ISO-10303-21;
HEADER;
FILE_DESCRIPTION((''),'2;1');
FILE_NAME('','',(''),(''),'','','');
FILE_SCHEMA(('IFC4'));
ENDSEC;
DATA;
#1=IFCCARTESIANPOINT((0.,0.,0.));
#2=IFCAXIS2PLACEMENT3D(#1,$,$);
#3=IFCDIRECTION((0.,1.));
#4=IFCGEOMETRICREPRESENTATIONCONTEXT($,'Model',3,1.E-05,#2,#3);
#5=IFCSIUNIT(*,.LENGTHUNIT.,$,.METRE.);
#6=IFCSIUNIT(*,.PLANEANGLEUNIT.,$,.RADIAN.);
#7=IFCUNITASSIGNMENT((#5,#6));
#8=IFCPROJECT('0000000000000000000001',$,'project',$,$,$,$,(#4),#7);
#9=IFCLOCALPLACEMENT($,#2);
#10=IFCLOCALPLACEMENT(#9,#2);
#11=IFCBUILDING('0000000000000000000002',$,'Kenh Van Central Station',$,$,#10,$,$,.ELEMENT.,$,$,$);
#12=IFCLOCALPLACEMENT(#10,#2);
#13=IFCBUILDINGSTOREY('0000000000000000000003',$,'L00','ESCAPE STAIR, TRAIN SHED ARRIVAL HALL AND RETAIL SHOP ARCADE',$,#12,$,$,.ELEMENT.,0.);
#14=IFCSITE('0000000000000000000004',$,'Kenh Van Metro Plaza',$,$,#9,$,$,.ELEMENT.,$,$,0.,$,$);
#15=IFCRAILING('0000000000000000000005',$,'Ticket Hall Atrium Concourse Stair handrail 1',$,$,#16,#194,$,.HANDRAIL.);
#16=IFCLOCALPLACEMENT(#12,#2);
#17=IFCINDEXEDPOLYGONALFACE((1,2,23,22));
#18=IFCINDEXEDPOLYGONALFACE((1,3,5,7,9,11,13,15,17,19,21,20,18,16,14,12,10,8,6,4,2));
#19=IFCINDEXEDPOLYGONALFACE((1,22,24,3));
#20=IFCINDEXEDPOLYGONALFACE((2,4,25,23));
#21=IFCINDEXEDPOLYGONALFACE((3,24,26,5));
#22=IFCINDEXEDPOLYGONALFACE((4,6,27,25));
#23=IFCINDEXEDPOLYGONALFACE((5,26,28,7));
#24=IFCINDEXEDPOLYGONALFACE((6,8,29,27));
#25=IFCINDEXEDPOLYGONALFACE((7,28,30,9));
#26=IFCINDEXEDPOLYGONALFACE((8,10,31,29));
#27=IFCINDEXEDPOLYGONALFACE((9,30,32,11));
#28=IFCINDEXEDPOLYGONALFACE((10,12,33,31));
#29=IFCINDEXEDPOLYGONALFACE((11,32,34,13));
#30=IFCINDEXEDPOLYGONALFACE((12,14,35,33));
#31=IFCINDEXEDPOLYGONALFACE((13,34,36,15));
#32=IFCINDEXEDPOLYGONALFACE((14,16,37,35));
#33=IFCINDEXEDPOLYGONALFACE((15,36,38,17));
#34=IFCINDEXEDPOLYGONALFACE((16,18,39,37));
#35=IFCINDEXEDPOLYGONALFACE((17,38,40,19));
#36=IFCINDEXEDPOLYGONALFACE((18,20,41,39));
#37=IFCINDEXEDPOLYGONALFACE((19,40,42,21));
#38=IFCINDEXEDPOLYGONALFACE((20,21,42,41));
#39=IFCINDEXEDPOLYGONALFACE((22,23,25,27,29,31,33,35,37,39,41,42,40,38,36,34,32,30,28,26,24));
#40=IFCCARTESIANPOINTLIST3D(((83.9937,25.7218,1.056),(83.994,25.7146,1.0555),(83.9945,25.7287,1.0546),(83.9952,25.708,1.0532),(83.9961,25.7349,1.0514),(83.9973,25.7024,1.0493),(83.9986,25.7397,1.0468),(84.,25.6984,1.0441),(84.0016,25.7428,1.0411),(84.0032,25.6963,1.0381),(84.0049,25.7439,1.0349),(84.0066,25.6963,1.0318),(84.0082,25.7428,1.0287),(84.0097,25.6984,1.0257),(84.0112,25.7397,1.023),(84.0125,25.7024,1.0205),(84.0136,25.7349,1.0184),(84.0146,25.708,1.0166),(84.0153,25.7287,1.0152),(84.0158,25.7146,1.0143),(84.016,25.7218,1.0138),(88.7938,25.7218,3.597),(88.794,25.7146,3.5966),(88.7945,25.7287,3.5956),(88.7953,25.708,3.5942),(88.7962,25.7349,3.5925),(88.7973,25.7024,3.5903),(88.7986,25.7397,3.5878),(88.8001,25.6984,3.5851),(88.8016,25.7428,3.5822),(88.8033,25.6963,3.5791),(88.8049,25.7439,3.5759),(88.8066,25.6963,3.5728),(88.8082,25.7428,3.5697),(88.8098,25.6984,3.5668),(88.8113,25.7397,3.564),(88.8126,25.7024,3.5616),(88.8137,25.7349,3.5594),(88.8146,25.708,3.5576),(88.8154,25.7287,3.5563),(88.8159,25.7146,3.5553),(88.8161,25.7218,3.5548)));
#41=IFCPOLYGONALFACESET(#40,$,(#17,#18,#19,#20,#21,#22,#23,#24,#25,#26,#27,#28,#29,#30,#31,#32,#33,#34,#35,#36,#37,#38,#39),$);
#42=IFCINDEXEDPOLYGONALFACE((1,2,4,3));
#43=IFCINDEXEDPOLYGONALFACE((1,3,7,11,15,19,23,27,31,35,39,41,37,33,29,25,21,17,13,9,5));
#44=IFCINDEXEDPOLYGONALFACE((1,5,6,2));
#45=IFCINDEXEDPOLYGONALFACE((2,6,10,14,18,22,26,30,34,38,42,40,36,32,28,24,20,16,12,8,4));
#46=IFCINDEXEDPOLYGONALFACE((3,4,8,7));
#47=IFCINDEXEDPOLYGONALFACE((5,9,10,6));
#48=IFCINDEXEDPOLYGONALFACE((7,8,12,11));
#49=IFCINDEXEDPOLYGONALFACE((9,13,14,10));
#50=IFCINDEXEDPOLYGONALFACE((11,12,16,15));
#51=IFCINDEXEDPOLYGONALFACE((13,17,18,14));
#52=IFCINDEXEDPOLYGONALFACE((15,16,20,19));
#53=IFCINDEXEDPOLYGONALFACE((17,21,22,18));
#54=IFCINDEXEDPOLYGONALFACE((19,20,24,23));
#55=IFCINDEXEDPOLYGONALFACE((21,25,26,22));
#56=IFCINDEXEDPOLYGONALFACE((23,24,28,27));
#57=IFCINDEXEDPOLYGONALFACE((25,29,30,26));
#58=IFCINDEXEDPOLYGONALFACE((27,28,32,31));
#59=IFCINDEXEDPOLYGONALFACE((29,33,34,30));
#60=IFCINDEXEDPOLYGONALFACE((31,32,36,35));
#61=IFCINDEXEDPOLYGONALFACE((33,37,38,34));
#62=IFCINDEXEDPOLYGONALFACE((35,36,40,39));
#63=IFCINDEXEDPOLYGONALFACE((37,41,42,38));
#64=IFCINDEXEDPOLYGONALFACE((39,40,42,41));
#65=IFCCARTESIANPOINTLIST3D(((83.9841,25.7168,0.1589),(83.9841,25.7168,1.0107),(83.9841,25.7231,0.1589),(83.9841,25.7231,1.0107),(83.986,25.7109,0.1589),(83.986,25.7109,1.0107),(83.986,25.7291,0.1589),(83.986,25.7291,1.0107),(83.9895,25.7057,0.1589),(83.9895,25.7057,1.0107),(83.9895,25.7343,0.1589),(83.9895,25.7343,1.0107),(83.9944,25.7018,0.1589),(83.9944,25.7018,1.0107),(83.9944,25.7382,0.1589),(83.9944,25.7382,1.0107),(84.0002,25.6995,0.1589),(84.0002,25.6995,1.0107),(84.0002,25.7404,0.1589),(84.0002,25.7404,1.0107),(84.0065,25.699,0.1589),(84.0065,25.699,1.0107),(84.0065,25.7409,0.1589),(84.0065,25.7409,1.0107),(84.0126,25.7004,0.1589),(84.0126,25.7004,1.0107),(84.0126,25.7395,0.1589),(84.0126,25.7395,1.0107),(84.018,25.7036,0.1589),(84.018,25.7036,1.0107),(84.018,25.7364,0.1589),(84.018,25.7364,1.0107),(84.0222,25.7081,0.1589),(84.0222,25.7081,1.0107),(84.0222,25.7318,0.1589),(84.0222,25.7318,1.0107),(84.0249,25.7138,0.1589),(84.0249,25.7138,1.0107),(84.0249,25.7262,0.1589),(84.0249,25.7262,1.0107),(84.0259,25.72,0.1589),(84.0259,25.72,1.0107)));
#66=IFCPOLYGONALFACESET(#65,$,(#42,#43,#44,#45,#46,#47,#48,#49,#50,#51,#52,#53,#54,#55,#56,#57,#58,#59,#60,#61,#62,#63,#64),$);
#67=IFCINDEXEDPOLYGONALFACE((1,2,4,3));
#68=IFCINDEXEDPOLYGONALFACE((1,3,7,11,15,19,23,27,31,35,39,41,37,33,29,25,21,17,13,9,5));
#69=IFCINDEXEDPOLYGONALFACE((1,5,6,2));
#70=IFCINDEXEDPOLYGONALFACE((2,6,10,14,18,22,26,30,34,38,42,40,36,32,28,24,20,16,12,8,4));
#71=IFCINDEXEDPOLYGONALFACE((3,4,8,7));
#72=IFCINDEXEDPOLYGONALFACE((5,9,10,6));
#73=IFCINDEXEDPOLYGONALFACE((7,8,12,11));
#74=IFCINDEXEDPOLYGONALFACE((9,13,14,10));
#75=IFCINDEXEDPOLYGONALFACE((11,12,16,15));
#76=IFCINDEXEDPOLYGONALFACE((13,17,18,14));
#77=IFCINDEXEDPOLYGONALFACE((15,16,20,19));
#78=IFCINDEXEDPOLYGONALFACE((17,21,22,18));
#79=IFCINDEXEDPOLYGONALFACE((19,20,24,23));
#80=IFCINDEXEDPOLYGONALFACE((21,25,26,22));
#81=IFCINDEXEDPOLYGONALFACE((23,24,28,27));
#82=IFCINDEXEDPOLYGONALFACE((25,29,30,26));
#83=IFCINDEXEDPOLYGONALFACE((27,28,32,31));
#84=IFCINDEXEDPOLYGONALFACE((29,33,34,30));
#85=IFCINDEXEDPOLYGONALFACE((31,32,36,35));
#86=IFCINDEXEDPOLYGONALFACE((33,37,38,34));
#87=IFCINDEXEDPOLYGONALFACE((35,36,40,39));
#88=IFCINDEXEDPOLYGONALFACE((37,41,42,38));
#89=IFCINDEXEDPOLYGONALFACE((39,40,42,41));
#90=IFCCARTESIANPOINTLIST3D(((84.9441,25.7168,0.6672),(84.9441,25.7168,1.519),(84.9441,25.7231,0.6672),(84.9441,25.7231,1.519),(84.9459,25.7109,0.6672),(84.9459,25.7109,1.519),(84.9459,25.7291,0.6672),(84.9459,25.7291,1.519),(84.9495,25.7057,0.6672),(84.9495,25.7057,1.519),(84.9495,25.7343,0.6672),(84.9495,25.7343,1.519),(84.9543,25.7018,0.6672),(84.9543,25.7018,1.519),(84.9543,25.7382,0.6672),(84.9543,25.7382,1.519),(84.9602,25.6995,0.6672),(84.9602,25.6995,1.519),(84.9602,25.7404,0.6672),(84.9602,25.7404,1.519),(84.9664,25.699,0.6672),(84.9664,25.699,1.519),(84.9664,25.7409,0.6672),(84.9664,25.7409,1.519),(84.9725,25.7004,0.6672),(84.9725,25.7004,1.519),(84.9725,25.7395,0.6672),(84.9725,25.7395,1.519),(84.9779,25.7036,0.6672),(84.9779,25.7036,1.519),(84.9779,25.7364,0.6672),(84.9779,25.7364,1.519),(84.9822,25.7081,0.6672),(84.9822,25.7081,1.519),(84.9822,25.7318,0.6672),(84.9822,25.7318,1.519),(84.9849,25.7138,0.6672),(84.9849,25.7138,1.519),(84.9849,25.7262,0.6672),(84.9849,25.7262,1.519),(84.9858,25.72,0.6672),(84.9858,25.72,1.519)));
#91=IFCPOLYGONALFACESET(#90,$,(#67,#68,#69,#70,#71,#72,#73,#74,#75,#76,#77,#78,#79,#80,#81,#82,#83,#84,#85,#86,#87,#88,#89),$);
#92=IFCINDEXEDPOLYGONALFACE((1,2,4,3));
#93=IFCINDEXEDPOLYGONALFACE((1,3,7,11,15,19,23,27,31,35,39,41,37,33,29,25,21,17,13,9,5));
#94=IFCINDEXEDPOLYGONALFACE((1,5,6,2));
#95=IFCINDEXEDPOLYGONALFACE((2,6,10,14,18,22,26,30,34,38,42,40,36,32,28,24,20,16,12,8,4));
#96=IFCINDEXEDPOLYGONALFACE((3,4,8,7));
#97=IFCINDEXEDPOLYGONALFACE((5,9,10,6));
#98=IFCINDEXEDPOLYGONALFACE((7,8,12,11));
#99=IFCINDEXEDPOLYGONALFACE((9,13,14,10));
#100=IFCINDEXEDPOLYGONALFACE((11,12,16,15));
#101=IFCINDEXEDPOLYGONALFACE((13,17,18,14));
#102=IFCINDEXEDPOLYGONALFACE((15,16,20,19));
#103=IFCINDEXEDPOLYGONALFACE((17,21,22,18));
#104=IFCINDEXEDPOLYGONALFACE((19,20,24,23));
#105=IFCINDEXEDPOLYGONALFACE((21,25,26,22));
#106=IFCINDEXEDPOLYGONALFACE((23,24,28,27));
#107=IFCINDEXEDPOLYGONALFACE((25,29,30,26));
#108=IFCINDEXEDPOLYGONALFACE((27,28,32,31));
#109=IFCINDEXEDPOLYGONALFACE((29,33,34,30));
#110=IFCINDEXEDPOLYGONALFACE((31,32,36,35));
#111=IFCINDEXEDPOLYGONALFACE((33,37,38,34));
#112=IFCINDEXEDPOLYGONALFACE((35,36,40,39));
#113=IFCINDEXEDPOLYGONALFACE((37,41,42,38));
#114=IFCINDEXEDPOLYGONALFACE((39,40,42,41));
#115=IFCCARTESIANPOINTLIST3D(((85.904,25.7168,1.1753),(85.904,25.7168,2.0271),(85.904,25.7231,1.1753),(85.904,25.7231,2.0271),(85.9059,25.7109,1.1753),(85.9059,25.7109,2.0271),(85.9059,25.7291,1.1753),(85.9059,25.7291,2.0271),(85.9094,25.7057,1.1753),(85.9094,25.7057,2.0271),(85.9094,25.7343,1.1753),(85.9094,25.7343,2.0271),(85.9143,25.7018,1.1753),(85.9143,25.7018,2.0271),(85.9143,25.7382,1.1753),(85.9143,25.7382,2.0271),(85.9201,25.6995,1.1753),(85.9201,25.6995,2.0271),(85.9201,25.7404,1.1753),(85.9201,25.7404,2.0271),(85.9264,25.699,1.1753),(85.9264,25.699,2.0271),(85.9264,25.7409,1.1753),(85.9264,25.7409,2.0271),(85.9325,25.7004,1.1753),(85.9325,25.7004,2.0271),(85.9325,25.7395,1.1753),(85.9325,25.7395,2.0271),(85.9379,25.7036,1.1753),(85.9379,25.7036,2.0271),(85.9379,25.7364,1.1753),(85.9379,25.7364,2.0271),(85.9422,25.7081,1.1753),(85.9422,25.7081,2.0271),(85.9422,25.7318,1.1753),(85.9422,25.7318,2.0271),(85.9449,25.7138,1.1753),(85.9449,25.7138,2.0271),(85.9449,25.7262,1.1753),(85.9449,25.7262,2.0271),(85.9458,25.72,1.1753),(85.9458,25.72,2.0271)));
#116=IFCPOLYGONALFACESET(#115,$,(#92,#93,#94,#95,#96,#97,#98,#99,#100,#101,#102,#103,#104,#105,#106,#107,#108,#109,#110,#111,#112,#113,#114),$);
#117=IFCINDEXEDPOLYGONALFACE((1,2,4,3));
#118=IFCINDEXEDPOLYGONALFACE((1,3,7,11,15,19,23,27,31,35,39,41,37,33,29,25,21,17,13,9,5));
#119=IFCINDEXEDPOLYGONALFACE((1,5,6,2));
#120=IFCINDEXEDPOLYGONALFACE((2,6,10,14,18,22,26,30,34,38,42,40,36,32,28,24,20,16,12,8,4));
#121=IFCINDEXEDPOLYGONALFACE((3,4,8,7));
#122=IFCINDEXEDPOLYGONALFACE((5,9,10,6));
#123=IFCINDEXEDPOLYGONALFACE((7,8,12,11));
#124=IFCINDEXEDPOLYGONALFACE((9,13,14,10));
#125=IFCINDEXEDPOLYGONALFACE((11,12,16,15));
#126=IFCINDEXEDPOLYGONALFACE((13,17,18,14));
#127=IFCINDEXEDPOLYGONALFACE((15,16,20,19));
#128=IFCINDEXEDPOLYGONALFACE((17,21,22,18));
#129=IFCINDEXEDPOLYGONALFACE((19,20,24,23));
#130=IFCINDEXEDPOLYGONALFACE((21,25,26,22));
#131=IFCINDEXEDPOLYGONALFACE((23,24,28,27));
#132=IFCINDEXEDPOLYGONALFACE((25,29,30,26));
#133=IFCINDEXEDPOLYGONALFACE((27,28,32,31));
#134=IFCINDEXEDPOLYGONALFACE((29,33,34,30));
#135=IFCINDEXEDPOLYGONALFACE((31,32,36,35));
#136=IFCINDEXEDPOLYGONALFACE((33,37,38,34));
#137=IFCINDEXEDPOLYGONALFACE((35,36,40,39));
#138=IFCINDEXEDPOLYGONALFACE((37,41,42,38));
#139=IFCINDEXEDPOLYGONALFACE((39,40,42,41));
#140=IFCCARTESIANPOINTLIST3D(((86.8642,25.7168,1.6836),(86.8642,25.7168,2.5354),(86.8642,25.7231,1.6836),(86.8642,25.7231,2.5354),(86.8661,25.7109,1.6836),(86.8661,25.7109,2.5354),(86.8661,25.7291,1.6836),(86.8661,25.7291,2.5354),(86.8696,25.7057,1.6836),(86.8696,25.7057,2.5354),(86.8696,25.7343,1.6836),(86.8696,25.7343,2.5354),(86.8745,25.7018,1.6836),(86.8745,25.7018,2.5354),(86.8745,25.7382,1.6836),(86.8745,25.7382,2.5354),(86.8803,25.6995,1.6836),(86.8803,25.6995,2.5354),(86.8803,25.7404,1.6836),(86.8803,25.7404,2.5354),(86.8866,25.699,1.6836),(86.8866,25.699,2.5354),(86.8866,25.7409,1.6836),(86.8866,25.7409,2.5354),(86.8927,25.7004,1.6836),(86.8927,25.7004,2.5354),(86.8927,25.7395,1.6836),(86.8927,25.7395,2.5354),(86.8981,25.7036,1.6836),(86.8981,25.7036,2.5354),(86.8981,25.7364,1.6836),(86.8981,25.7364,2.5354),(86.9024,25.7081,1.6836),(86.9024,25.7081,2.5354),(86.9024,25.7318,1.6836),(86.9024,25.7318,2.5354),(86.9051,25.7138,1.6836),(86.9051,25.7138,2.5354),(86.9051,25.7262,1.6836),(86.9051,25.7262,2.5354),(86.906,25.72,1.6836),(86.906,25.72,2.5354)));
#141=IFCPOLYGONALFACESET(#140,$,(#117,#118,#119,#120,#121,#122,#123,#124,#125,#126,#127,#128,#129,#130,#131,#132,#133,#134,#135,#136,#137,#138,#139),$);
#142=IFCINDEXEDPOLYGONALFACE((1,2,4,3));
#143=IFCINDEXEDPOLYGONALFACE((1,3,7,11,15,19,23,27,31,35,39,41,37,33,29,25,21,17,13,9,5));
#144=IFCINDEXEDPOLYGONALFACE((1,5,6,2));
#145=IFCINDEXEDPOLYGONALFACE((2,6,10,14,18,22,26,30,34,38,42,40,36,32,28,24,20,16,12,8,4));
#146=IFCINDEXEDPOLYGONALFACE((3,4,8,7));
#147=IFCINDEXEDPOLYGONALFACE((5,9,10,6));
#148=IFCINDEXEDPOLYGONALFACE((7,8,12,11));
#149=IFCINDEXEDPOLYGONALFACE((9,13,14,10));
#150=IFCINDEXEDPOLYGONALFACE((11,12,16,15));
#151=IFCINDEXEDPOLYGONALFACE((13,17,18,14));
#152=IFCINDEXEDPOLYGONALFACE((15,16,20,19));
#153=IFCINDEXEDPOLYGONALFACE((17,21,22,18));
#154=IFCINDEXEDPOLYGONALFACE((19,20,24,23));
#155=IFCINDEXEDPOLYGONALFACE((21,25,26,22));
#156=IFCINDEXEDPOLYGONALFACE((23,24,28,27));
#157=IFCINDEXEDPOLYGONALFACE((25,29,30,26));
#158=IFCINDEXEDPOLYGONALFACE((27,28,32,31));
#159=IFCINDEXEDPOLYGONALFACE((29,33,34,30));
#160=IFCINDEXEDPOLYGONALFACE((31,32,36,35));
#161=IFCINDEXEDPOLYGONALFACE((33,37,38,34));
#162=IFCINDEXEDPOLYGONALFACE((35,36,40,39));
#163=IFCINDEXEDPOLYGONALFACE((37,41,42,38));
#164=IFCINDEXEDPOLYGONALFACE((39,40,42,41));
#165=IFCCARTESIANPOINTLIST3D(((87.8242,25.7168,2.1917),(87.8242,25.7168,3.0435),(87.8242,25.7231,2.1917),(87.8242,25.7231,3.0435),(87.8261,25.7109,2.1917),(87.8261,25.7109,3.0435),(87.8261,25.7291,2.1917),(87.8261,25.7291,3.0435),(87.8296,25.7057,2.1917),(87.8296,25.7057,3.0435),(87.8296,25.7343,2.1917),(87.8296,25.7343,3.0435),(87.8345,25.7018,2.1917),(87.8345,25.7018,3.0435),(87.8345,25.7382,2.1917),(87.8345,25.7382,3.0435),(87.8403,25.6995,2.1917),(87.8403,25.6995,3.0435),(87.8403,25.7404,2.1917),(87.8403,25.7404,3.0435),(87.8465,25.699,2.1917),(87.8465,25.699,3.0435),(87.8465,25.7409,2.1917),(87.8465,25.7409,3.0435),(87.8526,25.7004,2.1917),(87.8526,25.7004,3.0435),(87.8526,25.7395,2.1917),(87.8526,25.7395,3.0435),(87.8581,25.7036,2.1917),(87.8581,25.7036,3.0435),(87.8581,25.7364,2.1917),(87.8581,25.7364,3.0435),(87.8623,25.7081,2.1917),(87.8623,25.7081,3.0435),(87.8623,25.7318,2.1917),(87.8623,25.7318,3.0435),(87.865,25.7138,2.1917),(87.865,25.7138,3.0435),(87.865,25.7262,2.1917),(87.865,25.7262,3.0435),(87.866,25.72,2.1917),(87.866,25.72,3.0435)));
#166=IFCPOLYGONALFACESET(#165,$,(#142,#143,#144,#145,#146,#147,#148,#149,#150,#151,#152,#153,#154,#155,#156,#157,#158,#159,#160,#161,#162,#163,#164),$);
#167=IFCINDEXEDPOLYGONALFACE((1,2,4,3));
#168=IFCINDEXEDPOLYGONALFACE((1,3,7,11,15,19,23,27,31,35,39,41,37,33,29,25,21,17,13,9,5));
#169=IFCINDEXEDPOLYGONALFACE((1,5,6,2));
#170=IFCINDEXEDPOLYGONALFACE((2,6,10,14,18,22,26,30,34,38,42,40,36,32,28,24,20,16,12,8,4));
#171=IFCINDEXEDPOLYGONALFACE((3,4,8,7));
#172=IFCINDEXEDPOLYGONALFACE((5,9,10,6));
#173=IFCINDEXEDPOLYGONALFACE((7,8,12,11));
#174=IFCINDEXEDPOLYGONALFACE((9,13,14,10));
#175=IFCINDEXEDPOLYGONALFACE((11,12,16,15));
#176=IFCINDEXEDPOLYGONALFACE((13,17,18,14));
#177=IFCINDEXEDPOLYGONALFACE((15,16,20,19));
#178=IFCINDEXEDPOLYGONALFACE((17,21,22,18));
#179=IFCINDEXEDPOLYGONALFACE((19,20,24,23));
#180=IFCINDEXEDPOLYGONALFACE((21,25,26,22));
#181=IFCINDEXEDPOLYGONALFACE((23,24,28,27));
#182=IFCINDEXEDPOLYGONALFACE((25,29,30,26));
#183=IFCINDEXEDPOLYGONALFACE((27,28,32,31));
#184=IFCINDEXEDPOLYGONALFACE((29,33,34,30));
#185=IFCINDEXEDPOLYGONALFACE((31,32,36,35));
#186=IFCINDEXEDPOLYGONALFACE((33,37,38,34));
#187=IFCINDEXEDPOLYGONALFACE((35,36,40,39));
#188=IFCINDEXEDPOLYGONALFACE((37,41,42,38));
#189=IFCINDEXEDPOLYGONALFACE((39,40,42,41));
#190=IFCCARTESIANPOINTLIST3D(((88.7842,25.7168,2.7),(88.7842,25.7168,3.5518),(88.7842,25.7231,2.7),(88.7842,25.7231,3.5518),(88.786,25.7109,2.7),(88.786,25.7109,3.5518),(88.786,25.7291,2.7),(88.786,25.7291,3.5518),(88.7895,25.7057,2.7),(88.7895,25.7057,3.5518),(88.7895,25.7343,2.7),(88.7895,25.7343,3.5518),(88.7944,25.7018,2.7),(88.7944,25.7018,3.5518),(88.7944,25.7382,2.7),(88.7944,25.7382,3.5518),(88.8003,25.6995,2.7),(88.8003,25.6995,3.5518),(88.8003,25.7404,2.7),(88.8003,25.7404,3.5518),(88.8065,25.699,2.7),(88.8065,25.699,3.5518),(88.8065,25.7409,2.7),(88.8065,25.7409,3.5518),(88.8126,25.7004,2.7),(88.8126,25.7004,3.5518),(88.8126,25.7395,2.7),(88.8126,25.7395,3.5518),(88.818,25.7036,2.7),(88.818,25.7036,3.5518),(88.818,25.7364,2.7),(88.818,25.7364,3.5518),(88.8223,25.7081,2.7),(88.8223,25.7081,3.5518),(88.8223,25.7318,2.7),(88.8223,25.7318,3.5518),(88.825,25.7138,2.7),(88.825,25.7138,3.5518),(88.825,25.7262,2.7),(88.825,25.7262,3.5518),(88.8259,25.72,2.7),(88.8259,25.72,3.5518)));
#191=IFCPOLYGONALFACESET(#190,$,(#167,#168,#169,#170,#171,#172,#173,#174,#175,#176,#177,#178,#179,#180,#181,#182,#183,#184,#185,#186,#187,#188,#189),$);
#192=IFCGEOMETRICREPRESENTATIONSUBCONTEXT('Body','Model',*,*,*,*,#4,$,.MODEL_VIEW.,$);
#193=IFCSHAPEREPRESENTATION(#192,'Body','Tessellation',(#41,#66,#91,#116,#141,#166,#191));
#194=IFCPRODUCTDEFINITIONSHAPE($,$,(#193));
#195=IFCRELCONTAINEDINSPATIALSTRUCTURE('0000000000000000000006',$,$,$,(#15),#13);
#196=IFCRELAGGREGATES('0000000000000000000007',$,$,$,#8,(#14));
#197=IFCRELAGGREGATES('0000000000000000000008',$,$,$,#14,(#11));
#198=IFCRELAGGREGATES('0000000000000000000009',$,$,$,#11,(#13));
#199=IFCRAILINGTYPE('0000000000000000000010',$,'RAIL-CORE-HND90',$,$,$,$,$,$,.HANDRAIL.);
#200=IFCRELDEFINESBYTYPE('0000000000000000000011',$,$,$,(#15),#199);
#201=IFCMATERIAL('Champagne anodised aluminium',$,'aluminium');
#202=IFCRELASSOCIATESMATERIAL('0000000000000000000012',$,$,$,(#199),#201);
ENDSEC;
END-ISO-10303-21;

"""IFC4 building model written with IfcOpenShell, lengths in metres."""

from ifc_helpers import new_model, si_unit, direction, frame, origin, origin_2d, place, context, subcontext, project, spatial, circle, extrude, material, type_object, element, save


model = new_model("IFC4")

# Units and contexts
model_context = context("Model", 3, precision=1e-05, world=origin(), true_north=direction((0.0, 1.0)))
body_context = subcontext(model_context, "Body", "Model", "MODEL_VIEW")
ifc_project = project(units=[si_unit("LENGTHUNIT", "METRE"), si_unit("PLANEANGLEUNIT", "RADIAN")], contexts=[model_context])

# Site, building, storey
site_placement = place(None, origin())
site = spatial("IfcSite", under=ifc_project, at=site_placement, Name="Kenh Van Metro Plaza", CompositionType="ELEMENT", RefElevation=0.0)
building_placement = place(site_placement, origin())
building = spatial("IfcBuilding", under=site, at=building_placement, Name="Kenh Van Central Station", CompositionType="ELEMENT")
storey_placement = place(building_placement, origin())
storey = spatial("IfcBuildingStorey", under=building, at=storey_placement, Name="L00", Description="ESCAPE STAIR, TRAIN SHED ARRIVAL HALL AND RETAIL SHOP ARCADE", CompositionType="ELEMENT", Elevation=0.0)

# Shared definitions
ifc_material_1 = material(Name="Champagne anodised aluminium", Category="aluminium")

# Railing
railing_type_1 = type_object("IfcRailingType", Name="RAIL-CORE-HND90", PredefinedType="HANDRAIL", material=ifc_material_1)
for number, where, name in (
    (1, (84.0049, 25.72, 0.1589), "Ticket Hall Atrium Concourse Stair handrail 1"),
):
    element("IfcRailing", number, at=place(storey_placement, frame(where)), inside=storey, type_object=railing_type_1, Name=name, PredefinedType="HANDRAIL", context=body_context, shape_type="SweptSolid", body=[
        extrude(circle(Radius=0.0239, at=origin_2d()), frame((0.0, 0.0, 0.876), z_axis=(0.883802, 0.0, 0.467861), x_axis=(0.0, 1.0, 0.0)), (0.0, 0.0, 1.0), 5.4312),
        extrude(circle(Radius=0.021, at=origin_2d()), origin(), (0.0, 0.0, 1.0), 0.8518),
        extrude(circle(Radius=0.021, at=origin_2d()), frame((0.96, 0.0, 0.5083)), (0.0, 0.0, 1.0), 0.8518),
        extrude(circle(Radius=0.021, at=origin_2d()), frame((1.9199, 0.0, 1.0164)), (0.0, 0.0, 1.0), 0.8518),
        extrude(circle(Radius=0.021, at=origin_2d()), frame((2.8801, 0.0, 1.5247)), (0.0, 0.0, 1.0), 0.8518),
        extrude(circle(Radius=0.021, at=origin_2d()), frame((3.8401, 0.0, 2.0327)), (0.0, 0.0, 1.0), 0.8518),
        extrude(circle(Radius=0.021, at=origin_2d()), frame((4.8, 0.0, 2.541)), (0.0, 0.0, 1.0), 0.8518),
    ])

save(model, "model.ifc")
